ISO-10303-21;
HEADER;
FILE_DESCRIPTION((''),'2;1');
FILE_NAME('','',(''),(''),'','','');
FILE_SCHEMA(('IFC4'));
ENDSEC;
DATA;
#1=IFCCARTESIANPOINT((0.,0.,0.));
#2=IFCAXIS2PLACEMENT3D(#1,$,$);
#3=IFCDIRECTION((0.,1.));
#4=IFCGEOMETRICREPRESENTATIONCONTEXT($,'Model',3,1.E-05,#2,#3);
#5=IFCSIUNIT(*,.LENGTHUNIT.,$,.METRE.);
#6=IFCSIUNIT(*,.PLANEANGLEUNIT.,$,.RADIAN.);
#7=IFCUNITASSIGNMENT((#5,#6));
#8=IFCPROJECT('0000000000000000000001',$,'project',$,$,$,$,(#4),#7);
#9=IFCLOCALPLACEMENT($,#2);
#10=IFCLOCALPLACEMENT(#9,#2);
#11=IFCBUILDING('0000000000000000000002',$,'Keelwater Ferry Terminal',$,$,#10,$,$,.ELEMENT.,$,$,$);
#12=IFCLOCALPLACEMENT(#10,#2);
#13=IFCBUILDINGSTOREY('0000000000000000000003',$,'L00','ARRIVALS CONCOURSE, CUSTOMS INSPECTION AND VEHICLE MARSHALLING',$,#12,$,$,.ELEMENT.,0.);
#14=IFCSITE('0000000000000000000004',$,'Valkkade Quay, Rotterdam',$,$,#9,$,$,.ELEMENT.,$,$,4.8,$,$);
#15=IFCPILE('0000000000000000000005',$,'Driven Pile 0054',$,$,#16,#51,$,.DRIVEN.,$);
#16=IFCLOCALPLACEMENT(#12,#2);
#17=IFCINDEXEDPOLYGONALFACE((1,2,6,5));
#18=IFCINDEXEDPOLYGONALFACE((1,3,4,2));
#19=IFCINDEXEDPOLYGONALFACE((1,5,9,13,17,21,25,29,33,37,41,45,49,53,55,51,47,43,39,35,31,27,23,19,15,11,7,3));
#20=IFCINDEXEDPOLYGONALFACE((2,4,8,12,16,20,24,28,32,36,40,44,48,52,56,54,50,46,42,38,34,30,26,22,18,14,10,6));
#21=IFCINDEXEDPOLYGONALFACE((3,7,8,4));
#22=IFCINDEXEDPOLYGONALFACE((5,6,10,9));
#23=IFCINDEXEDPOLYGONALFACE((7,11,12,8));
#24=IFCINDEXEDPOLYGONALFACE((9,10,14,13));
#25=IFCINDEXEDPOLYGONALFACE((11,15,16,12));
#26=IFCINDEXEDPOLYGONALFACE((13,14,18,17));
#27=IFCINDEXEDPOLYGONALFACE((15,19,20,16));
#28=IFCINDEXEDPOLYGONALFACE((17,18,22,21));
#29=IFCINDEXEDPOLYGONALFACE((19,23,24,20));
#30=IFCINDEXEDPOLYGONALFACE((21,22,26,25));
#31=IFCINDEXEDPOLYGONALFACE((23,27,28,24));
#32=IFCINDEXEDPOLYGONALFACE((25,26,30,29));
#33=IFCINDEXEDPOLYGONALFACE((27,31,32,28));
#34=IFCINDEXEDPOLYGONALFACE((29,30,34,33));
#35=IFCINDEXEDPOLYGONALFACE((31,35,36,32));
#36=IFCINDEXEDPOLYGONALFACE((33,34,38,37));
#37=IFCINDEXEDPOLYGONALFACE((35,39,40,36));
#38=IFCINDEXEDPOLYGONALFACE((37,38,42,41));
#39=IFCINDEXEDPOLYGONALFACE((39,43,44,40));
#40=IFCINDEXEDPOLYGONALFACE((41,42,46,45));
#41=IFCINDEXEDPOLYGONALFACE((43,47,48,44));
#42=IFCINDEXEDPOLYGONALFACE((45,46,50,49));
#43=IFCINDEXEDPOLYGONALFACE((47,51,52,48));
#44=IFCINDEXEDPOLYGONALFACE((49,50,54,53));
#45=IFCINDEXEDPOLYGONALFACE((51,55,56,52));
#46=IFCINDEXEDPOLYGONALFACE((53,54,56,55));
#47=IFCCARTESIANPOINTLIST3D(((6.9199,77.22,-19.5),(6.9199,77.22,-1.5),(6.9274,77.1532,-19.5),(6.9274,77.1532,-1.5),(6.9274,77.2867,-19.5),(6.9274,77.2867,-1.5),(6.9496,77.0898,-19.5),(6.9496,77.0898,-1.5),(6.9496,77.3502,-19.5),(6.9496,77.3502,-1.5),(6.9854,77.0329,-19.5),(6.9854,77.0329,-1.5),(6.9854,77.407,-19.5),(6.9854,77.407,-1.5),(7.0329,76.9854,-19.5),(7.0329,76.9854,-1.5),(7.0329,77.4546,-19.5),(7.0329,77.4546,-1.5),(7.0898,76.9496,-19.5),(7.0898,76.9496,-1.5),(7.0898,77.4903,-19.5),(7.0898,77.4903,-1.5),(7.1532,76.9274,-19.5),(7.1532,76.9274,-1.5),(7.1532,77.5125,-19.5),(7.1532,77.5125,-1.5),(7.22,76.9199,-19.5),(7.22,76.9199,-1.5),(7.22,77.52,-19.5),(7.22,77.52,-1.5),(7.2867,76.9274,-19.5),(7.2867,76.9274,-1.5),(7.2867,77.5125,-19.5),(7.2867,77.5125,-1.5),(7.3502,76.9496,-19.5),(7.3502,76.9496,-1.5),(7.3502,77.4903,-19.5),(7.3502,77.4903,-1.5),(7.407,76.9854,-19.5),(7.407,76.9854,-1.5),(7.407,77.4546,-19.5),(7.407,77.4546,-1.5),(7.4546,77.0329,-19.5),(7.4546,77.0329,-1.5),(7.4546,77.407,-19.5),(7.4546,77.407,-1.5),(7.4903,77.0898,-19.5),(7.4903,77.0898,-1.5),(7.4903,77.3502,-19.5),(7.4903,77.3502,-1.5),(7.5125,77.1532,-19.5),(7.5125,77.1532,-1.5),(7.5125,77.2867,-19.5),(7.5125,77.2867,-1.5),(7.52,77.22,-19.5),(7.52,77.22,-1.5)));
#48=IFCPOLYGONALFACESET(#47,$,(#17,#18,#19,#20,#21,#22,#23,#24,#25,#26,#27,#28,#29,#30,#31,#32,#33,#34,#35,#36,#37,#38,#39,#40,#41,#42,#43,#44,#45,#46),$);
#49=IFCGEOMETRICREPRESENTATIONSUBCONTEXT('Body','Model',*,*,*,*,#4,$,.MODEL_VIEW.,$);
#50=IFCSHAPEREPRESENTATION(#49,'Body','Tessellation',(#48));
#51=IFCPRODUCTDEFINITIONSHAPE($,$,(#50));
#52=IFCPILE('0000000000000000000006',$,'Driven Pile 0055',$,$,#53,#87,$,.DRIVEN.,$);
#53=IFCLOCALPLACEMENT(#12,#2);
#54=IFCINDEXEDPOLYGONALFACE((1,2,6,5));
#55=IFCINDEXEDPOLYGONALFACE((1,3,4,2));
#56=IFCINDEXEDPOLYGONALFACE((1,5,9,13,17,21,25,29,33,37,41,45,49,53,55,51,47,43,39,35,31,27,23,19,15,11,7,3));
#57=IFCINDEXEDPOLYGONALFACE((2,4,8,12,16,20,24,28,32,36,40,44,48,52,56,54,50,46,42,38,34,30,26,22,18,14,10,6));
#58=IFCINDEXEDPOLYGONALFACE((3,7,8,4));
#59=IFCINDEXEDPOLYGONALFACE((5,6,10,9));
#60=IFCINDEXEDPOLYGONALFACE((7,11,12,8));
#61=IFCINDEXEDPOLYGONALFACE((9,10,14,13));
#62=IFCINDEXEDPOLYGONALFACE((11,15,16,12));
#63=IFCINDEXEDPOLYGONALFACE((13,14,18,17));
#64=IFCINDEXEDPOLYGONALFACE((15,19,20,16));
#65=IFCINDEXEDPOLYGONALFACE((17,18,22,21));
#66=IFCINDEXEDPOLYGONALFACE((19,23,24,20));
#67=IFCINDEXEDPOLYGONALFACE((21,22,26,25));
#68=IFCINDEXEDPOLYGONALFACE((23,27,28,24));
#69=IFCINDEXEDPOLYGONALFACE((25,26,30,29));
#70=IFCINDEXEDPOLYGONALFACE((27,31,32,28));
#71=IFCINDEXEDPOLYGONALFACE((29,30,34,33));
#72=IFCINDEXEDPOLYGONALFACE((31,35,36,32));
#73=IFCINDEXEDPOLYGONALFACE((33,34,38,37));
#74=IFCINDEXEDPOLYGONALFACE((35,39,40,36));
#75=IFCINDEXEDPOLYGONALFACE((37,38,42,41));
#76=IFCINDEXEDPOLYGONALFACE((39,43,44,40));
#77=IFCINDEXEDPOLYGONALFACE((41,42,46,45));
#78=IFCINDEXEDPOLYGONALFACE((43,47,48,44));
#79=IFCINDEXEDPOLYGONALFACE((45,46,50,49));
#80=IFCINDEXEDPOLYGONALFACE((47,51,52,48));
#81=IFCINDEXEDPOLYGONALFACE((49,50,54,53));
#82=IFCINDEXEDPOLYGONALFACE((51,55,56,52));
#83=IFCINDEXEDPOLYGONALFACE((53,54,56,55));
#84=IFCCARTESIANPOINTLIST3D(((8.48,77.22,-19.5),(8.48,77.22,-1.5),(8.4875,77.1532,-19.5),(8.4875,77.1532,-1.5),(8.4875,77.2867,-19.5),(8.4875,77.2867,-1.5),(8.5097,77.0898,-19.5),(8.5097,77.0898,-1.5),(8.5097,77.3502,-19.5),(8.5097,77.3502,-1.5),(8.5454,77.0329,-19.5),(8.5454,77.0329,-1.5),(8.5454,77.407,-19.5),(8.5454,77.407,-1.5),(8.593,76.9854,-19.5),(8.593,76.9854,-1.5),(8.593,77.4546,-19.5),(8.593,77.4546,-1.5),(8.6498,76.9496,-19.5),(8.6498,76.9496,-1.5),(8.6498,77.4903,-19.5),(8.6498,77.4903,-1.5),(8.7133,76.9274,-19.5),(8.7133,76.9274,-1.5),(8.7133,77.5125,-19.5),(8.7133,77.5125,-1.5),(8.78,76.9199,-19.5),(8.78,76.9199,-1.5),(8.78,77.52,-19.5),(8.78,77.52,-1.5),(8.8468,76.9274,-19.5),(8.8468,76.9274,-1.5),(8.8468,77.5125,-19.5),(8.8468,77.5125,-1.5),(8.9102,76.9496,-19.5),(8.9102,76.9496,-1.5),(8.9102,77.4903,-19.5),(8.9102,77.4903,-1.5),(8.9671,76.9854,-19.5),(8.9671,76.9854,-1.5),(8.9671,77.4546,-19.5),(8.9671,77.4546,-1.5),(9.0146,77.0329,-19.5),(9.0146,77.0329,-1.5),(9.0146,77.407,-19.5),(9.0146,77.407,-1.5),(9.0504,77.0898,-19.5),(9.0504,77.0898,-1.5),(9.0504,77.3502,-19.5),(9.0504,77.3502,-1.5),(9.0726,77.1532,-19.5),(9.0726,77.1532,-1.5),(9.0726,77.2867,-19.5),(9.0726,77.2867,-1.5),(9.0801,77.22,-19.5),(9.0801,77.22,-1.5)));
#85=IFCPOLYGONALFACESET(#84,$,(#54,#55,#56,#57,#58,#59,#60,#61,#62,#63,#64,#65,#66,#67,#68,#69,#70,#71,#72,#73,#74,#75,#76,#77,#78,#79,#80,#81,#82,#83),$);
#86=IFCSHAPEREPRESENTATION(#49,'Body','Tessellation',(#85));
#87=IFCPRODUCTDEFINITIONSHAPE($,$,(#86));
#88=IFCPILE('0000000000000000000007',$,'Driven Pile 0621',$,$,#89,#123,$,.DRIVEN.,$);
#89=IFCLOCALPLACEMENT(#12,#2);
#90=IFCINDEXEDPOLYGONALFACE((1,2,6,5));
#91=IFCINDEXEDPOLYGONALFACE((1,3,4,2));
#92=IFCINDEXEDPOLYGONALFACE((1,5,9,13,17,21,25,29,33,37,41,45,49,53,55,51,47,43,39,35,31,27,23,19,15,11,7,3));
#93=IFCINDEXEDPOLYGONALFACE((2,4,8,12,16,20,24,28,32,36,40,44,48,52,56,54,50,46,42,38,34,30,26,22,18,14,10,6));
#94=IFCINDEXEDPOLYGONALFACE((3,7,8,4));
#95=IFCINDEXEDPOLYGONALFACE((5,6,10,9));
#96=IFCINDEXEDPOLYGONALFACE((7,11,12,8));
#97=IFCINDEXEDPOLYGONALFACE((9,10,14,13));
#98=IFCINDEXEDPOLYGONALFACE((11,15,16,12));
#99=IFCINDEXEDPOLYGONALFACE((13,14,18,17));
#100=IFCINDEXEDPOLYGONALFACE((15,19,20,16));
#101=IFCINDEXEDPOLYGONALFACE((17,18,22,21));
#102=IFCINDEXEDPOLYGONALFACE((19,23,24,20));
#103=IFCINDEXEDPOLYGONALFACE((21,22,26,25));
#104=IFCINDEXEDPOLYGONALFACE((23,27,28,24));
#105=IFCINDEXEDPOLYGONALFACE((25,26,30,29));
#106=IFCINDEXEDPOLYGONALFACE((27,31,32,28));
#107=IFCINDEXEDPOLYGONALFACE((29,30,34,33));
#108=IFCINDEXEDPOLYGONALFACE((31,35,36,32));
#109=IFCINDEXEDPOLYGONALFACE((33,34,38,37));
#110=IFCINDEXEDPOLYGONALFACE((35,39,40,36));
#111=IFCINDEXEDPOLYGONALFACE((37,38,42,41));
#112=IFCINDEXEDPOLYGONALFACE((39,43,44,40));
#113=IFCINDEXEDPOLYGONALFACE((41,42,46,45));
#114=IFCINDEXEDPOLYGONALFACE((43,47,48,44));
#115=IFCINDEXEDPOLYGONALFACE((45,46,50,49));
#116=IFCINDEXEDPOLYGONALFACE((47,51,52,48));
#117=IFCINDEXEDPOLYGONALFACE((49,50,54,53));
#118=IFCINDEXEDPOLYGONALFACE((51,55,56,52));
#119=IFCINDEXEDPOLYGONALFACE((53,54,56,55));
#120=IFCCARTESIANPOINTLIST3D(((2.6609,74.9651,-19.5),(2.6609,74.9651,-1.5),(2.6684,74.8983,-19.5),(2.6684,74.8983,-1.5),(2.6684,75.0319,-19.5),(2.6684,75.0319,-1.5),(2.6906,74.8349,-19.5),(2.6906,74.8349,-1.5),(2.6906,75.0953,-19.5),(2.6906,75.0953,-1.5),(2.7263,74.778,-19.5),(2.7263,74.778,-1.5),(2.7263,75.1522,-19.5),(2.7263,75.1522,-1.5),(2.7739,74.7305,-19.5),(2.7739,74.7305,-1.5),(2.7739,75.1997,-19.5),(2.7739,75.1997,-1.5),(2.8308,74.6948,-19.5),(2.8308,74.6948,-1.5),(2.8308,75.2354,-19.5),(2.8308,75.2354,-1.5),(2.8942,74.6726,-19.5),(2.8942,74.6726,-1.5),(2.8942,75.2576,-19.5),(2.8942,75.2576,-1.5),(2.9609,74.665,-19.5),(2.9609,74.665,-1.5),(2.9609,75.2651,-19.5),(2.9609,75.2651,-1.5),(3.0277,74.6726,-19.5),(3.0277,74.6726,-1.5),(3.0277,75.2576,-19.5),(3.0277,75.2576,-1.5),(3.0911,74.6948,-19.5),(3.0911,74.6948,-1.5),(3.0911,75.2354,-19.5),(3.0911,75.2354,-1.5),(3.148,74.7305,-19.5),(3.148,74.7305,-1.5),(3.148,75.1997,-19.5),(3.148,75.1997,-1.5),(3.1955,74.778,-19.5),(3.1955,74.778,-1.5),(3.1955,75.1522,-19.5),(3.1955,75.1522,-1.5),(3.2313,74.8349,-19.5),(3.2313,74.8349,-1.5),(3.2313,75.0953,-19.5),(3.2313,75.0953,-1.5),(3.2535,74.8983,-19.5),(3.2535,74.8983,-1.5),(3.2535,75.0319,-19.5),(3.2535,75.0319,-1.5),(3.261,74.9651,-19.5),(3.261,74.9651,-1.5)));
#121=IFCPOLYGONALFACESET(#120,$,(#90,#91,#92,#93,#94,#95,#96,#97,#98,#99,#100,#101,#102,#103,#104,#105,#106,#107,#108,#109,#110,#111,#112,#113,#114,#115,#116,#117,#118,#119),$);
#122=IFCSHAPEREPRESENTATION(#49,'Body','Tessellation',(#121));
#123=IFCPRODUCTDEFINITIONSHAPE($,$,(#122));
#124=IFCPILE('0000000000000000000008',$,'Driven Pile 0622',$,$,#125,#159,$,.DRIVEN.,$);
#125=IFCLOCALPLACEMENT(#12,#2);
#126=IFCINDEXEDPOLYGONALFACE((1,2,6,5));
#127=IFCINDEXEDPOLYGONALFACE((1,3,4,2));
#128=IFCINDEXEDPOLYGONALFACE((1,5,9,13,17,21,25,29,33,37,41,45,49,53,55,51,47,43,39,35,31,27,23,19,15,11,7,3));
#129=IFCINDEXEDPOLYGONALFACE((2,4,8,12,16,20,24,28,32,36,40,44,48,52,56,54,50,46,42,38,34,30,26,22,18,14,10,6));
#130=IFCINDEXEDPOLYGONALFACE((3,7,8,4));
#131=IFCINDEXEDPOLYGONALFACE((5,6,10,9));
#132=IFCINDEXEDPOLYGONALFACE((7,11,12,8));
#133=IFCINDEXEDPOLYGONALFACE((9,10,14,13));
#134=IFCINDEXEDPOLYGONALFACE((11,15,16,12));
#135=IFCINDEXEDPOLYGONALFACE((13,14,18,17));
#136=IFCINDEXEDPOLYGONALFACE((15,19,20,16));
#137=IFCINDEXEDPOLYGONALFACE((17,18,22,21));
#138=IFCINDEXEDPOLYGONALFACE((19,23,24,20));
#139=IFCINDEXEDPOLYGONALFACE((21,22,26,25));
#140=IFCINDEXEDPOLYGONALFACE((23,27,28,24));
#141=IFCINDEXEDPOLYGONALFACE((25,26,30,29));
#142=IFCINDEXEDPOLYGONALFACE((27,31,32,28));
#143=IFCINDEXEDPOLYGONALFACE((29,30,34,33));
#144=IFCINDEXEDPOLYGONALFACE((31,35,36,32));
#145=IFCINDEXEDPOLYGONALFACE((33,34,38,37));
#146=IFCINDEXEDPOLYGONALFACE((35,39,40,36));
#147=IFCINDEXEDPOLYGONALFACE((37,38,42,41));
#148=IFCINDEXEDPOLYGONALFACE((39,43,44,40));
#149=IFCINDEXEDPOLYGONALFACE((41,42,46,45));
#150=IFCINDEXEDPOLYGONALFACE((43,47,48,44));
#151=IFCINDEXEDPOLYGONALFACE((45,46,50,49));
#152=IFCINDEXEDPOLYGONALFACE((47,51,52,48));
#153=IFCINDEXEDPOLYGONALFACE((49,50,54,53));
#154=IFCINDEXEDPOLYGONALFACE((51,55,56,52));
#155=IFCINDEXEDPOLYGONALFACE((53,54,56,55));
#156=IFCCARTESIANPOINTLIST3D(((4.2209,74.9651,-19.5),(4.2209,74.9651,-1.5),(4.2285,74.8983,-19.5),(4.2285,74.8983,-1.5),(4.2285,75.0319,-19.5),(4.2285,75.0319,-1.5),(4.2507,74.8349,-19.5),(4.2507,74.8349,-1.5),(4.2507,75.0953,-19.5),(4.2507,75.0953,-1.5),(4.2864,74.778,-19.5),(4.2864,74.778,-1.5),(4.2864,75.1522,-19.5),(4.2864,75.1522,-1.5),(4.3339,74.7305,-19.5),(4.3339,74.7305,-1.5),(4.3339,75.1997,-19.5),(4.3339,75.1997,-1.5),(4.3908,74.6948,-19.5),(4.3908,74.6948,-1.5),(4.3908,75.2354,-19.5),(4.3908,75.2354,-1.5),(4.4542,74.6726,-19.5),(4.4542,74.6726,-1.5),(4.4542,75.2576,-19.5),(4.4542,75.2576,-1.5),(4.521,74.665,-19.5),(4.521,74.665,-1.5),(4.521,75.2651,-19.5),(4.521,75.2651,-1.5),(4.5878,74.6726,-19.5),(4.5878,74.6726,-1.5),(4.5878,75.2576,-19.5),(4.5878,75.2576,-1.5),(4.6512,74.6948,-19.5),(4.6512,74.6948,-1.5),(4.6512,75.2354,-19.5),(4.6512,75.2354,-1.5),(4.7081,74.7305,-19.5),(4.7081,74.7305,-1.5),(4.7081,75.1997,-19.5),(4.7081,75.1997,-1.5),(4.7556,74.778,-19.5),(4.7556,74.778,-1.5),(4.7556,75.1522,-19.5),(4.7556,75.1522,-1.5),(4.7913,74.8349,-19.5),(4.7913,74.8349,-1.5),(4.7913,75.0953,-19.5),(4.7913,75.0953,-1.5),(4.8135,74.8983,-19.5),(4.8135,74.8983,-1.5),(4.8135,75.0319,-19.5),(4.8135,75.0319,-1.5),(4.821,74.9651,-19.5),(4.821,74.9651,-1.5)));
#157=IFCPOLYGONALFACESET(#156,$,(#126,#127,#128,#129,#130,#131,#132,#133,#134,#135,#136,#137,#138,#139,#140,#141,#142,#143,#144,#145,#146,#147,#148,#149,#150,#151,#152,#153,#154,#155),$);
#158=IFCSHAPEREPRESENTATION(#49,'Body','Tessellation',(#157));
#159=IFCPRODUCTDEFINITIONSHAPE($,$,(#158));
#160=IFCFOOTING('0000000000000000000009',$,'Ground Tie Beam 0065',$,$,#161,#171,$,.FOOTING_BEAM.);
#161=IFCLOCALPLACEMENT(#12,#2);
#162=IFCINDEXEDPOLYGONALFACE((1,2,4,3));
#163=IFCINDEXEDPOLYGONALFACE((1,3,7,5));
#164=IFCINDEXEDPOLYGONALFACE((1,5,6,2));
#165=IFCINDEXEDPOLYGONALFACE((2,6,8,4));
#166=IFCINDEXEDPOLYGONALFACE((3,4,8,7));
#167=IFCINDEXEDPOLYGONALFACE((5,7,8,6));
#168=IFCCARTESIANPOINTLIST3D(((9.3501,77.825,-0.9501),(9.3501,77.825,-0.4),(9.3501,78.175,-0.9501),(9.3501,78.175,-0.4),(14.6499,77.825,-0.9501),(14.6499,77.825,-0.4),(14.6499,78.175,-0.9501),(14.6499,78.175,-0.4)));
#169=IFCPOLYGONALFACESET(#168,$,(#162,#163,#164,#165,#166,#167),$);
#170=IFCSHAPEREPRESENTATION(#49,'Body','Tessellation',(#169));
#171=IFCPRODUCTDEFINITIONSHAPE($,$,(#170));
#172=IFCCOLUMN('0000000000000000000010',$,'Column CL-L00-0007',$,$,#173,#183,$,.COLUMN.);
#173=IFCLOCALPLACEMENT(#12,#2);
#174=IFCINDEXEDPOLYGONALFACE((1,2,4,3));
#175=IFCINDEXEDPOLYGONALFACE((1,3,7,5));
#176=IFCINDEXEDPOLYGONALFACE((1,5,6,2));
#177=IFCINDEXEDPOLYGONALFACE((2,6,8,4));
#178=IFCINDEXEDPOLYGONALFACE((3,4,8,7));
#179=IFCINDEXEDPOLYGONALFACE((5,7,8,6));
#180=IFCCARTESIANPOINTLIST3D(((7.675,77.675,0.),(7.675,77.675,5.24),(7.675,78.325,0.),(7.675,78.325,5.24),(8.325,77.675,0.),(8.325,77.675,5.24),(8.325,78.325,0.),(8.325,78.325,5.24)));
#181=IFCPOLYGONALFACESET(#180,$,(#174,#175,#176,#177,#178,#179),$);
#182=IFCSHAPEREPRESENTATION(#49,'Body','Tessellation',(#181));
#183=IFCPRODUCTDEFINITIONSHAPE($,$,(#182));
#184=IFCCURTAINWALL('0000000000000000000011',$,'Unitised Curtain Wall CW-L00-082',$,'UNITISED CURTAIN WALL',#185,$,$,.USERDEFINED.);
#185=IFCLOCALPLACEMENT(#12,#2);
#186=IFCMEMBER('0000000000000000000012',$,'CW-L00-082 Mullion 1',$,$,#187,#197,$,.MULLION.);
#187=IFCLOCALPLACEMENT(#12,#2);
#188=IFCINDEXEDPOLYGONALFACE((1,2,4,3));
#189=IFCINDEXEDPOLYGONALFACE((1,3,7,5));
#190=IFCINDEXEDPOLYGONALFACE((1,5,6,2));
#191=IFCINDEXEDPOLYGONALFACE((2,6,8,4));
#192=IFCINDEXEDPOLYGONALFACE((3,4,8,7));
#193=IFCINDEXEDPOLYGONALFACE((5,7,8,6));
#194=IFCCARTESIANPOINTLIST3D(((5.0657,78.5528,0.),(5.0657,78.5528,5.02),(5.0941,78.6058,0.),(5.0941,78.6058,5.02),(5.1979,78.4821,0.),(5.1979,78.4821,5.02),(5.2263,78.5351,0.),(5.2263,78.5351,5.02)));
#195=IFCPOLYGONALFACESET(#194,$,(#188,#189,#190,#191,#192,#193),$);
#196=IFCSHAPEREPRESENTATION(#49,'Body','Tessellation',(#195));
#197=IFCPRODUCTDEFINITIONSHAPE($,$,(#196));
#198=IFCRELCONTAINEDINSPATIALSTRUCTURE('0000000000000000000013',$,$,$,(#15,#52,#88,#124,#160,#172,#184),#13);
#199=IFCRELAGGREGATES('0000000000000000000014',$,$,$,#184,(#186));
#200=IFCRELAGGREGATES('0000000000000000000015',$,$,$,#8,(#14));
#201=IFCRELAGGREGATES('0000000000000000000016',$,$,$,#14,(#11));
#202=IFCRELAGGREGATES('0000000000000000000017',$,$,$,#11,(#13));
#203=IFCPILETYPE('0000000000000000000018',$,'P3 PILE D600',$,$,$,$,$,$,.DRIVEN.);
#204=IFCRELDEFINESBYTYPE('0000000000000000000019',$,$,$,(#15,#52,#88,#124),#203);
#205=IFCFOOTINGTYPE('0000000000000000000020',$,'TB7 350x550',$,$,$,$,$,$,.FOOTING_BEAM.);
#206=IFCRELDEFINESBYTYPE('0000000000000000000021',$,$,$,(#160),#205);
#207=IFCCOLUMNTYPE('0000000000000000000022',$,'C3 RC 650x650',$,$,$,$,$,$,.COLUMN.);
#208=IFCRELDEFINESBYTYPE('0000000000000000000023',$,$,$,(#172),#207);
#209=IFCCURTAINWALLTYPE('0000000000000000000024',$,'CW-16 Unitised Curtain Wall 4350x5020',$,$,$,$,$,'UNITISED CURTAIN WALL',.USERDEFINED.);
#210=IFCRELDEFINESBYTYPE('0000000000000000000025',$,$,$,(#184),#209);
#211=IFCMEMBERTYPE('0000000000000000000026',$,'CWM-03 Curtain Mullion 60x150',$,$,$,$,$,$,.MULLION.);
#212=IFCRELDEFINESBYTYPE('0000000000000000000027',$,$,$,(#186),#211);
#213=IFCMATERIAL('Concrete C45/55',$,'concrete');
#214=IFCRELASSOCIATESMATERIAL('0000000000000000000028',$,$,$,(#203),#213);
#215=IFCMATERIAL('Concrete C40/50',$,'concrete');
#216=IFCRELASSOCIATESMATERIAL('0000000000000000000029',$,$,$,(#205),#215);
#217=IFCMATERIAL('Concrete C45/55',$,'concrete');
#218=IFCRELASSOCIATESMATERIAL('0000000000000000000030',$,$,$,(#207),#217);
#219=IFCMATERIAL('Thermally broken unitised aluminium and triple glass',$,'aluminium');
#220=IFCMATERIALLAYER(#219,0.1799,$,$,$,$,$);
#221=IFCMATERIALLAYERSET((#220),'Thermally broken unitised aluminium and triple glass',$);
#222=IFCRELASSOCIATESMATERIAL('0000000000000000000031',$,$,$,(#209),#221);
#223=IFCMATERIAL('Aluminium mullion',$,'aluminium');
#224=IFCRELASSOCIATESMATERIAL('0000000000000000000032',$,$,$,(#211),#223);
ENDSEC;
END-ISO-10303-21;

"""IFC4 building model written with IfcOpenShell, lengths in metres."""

from ifc_helpers import new_model, si_unit, direction, frame, origin, origin_2d, place, context, subcontext, project, spatial, rectangle, circle, extrude, material, layer, layer_set, material_profile, profile_set, type_object, element, aggregate, save


model = new_model("IFC4")

# Units and contexts
model_context = context("Model", 3, precision=1e-05, world=origin(), true_north=direction((0.0, 1.0)))
body_context = subcontext(model_context, "Body", "Model", "MODEL_VIEW")
ifc_project = project(units=[si_unit("LENGTHUNIT", "METRE"), si_unit("PLANEANGLEUNIT", "RADIAN")], contexts=[model_context])

# Site, building, storey
site_placement = place(None, origin())
site = spatial("IfcSite", under=ifc_project, at=site_placement, Name="Valkkade Quay, Rotterdam", CompositionType="ELEMENT", RefElevation=4.8)
building_placement = place(site_placement, origin())
building = spatial("IfcBuilding", under=site, at=building_placement, Name="Keelwater Ferry Terminal", CompositionType="ELEMENT")
storey_placement = place(building_placement, origin())
storey = spatial("IfcBuildingStorey", under=building, at=storey_placement, Name="L00", Description="ARRIVALS CONCOURSE, CUSTOMS INSPECTION AND VEHICLE MARSHALLING", CompositionType="ELEMENT", Elevation=0.0)

# Piles
ifc_material_1 = material(Name="Concrete C45/55", Category="concrete")
ifc_material_profile_1 = material_profile(ifc_material_1, circle(Radius=0.3, at=origin_2d()), Name="PILE D600")
ifc_profile_set_1 = profile_set([ifc_material_profile_1], Name="Concrete C45/55")
pile_type = type_object("IfcPileType", Name="P3 PILE D600", PredefinedType="DRIVEN", material=ifc_profile_set_1)
for number, where, z_axis, x_axis, name in (
    (1, (7.22, 77.22, -1.5), (0.0, 0.0, -1.0), (1.0, 0.0, 0.0), "Driven Pile 0054"),
    (2, (8.78, 77.22, -1.5), (0.0, 0.0, -1.0), (1.0, 0.0, 0.0), "Driven Pile 0055"),
    (3, (2.9609, 74.9651, -1.5), (0.0, 0.0, -1.0), (1.0, 0.0, 0.0), "Driven Pile 0621"),
    (4, (4.521, 74.9651, -1.5), (0.0, 0.0, -1.0), (1.0, 0.0, 0.0), "Driven Pile 0622"),
):
    element("IfcPile", number, at=place(storey_placement, frame(where, z_axis=z_axis, x_axis=x_axis)), inside=storey, type_object=pile_type, Name=name, PredefinedType="DRIVEN", context=body_context, shape_type="SweptSolid", body=[
        extrude(circle(Radius=0.3, at=origin_2d()), origin(), (0.0, 0.0, 1.0), 18.0),
    ])

# Footing
ifc_material_2 = material(Name="Concrete C40/50", Category="concrete")
ifc_material_profile_2 = material_profile(ifc_material_2, rectangle(XDim=0.3501, YDim=0.55, at=origin_2d()), Name="TB 350x550")
ifc_profile_set_2 = profile_set([ifc_material_profile_2], Name="Concrete C40/50")
footing_type = type_object("IfcFootingType", Name="TB7 350x550", PredefinedType="FOOTING_BEAM", material=ifc_profile_set_2)
footing_placement = place(storey_placement, frame((9.3501, 78.0, -0.675), z_axis=(1.0, 0.0, 0.0), x_axis=(0.0, 1.0, 0.0)))
element("IfcFooting", 5, at=footing_placement, inside=storey, type_object=footing_type, Name="Ground Tie Beam 0065", PredefinedType="FOOTING_BEAM", context=body_context, shape_type="SweptSolid", body=[
    extrude(rectangle(XDim=0.3501, YDim=0.55, at=origin_2d()), origin(), (0.0, 0.0, 1.0), 5.2998),
])

# Column
ifc_material_3 = material(Name="Concrete C45/55", Category="concrete")
ifc_material_profile_3 = material_profile(ifc_material_3, rectangle(XDim=0.6499, YDim=0.6499, at=origin_2d()), Name="RC 650x650")
ifc_profile_set_3 = profile_set([ifc_material_profile_3], Name="Concrete C45/55")
column_type = type_object("IfcColumnType", Name="C3 RC 650x650", PredefinedType="COLUMN", material=ifc_profile_set_3)
column_placement = place(storey_placement, frame((8.0, 78.0, 0.0), z_axis=(0.0, 0.0, 1.0), x_axis=(1.0, 0.0, 0.0)))
element("IfcColumn", 6, at=column_placement, inside=storey, type_object=column_type, Name="Column CL-L00-0007", PredefinedType="COLUMN", context=body_context, shape_type="SweptSolid", body=[
    extrude(rectangle(XDim=0.6499, YDim=0.6499, at=origin_2d()), origin(), (0.0, 0.0, 1.0), 5.24),
])

# Curtain wall, member
ifc_material_4 = material(Name="Thermally broken unitised aluminium and triple glass", Category="aluminium")
ifc_layer_1 = layer(ifc_material_4, 0.1799)
ifc_layer_set_1 = layer_set([ifc_layer_1], Name="Thermally broken unitised aluminium and triple glass")
curtain_wall_type = type_object("IfcCurtainWallType", Name="CW-16 Unitised Curtain Wall 4350x5020", ElementType="UNITISED CURTAIN WALL", PredefinedType="USERDEFINED", material=ifc_layer_set_1)
curtain_wall_1_placement = place(storey_placement, origin())
curtain_wall_1 = element("IfcCurtainWall", 7, at=curtain_wall_1_placement, inside=storey, type_object=curtain_wall_type, Name="Unitised Curtain Wall CW-L00-082", ObjectType="UNITISED CURTAIN WALL", PredefinedType="USERDEFINED")
ifc_material_5 = material(Name="Aluminium mullion", Category="aluminium")
ifc_material_profile_4 = material_profile(ifc_material_5, rectangle(XDim=0.0601, YDim=0.1499, at=origin_2d()), Name="CWM-03")
ifc_profile_set_4 = profile_set([ifc_material_profile_4], Name="Aluminium mullion")
member_type_1 = type_object("IfcMemberType", Name="CWM-03 Curtain Mullion 60x150", PredefinedType="MULLION", material=ifc_profile_set_4)
member_1_placement = place(storey_placement, frame((5.146, 78.5439, 0.0), z_axis=(0.0, 0.0, 1.0), x_axis=(-0.471507, -0.881862, 0.0)))
member_1 = element("IfcMember", 8, at=member_1_placement, type_object=member_type_1, Name="CW-L00-082 Mullion 1", PredefinedType="MULLION", context=body_context, shape_type="SweptSolid", body=[
    extrude(rectangle(XDim=0.0601, YDim=0.1499, at=origin_2d()), origin(), (0.0, 0.0, 1.0), 5.02),
])

aggregate(curtain_wall_1, [member_1])

save(model, "model.ifc")
